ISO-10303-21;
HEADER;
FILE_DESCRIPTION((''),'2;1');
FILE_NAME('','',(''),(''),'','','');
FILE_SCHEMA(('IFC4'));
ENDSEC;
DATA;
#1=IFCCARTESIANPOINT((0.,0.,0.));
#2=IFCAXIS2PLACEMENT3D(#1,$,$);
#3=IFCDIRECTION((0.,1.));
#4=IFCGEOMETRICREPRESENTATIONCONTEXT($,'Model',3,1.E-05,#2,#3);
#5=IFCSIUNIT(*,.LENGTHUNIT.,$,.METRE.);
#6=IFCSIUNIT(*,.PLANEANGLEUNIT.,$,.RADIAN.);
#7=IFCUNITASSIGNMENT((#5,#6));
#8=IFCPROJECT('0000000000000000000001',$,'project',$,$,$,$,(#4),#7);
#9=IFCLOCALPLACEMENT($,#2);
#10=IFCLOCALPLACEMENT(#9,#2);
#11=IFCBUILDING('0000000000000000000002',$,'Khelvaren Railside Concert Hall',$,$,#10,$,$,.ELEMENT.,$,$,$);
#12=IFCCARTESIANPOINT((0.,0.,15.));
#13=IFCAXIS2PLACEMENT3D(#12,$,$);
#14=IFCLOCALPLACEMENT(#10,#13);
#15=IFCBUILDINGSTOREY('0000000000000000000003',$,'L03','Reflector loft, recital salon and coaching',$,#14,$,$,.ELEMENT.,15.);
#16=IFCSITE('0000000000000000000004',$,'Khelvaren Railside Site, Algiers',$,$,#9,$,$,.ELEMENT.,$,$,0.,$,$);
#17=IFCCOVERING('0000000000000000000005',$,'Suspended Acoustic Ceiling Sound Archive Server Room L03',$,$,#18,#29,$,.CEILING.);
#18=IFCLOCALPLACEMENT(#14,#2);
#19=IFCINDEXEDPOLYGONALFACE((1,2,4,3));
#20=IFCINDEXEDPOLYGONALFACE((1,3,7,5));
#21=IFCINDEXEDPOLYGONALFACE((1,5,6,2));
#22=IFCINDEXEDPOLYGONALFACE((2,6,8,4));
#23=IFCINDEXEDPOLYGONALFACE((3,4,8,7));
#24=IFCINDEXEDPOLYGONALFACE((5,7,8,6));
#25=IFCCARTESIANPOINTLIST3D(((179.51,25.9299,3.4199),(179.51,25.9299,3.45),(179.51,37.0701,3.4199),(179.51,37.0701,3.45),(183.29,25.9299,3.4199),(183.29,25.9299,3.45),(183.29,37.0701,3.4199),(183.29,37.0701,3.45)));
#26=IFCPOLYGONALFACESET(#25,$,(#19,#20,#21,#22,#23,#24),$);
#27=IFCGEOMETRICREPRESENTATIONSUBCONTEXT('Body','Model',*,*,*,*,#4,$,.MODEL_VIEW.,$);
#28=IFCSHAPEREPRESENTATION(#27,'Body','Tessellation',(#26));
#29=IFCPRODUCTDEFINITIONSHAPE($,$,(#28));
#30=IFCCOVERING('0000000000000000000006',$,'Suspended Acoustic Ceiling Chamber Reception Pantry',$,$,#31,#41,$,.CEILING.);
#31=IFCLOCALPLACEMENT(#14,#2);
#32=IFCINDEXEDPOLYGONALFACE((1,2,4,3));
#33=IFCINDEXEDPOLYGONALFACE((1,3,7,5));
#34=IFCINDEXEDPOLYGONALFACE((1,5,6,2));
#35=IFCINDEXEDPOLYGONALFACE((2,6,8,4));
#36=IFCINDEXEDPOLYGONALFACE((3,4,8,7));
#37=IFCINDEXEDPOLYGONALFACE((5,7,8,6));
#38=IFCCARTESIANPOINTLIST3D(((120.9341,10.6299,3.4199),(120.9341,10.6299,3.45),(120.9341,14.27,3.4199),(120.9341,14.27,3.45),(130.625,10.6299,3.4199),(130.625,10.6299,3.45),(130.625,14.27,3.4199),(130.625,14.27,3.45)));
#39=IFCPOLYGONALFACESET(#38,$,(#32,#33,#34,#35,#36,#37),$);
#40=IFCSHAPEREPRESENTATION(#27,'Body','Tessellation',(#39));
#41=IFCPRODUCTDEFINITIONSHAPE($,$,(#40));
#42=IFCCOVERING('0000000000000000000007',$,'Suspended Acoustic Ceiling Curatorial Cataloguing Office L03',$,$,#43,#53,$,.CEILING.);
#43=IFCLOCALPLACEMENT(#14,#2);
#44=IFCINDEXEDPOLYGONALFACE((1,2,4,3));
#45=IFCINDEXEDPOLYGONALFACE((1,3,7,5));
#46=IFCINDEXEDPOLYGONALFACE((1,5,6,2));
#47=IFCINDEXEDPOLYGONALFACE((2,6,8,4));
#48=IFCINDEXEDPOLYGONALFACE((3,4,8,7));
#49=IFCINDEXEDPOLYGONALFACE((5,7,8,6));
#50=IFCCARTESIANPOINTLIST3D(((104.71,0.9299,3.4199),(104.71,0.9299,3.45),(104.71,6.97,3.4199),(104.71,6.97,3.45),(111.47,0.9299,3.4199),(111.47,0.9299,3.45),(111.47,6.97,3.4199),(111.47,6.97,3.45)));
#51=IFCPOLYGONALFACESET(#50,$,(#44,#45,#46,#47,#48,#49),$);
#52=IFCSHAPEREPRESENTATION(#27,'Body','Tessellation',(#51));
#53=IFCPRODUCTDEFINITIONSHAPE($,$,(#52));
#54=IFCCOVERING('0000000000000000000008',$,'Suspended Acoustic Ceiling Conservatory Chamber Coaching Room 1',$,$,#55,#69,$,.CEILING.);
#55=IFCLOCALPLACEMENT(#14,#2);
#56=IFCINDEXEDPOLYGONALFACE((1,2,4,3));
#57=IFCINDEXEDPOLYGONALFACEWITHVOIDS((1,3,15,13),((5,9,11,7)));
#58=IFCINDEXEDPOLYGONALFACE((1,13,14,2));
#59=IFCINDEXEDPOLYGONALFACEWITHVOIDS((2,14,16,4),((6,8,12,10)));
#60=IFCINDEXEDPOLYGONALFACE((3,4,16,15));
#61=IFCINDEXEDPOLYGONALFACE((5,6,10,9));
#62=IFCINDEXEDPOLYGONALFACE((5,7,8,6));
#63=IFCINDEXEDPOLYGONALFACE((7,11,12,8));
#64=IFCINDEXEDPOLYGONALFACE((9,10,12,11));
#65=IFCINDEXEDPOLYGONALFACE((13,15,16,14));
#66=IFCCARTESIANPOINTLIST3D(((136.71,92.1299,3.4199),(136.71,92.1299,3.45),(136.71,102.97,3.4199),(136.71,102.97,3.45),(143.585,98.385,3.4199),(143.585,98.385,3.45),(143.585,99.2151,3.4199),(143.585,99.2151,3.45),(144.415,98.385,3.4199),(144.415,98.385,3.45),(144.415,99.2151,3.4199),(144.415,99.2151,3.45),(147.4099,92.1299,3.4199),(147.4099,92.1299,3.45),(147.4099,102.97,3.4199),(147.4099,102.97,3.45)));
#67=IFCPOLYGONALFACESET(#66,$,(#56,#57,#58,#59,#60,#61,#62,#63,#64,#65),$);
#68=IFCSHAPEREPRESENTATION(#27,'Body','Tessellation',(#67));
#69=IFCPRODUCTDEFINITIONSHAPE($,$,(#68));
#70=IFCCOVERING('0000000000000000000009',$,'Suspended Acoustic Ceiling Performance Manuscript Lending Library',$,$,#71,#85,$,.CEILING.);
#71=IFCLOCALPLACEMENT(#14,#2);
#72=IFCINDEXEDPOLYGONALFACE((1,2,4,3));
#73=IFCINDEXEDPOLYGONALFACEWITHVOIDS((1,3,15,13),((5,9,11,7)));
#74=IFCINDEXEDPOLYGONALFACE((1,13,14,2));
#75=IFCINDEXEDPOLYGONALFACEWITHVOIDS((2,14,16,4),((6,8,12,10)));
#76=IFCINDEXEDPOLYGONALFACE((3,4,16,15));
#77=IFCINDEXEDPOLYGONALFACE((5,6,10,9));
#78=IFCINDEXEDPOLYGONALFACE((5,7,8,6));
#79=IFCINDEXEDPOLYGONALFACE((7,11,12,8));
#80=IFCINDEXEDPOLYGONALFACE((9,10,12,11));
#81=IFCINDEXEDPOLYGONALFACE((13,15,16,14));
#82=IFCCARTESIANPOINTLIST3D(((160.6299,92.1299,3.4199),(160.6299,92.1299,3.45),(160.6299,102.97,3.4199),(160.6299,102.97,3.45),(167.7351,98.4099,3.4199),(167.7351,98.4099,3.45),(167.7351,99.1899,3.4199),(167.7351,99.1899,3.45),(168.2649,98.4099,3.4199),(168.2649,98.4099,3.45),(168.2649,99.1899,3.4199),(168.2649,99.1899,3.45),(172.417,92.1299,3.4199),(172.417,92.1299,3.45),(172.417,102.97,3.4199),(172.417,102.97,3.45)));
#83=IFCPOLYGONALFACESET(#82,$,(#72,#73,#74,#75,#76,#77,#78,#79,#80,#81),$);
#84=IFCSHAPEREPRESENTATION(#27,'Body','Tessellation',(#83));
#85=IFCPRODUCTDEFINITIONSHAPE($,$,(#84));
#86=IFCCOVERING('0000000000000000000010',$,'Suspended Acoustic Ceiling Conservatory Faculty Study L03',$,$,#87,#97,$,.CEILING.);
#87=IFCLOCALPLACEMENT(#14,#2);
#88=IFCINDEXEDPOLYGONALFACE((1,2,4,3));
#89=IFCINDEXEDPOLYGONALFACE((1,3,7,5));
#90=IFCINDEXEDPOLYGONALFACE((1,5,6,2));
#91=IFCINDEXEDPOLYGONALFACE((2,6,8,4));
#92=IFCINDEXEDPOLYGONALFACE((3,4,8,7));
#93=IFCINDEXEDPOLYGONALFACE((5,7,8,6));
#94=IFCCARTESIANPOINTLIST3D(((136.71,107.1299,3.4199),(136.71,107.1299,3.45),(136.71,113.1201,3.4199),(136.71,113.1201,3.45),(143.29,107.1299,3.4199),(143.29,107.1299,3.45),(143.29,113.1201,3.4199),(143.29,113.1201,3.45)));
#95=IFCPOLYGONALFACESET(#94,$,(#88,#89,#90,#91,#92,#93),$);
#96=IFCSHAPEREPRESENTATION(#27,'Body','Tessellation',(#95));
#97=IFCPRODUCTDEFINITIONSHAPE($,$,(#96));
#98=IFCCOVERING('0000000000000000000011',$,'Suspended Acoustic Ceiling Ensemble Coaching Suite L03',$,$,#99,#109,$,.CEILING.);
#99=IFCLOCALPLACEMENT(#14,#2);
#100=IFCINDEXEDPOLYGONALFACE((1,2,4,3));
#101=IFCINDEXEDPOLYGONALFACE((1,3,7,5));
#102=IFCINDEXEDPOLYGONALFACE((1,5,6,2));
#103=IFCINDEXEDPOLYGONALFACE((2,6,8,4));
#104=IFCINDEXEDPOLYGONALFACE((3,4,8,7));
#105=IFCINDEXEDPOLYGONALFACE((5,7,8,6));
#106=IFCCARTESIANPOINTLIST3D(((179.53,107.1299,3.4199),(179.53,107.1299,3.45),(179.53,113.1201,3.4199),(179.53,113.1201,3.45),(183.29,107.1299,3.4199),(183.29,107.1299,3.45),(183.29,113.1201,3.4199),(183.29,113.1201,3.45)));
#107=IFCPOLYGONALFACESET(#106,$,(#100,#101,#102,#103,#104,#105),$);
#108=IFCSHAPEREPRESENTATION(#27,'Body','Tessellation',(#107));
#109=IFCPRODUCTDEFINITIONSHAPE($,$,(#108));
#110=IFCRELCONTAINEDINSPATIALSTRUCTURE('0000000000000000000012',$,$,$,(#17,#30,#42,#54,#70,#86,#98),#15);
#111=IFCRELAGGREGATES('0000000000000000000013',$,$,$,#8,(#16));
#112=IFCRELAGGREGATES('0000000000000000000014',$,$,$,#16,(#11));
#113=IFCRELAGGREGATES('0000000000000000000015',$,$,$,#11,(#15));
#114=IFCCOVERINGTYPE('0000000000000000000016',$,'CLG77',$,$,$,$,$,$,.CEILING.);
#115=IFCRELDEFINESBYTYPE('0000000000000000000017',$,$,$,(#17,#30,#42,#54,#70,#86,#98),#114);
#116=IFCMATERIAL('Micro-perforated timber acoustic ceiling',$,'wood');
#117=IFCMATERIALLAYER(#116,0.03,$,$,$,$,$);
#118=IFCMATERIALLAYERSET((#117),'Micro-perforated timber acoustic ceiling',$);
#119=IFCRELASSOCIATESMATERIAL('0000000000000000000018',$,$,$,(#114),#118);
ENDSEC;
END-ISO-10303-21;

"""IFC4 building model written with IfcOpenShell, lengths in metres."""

from ifc_helpers import new_model, si_unit, direction, frame, origin, place, context, subcontext, project, spatial, polyline, outline, extrude, material, layer, layer_set, type_object, element, save


model = new_model("IFC4")

# Units and contexts
model_context = context("Model", 3, precision=1e-05, world=origin(), true_north=direction((0.0, 1.0)))
body_context = subcontext(model_context, "Body", "Model", "MODEL_VIEW")
ifc_project = project(units=[si_unit("LENGTHUNIT", "METRE"), si_unit("PLANEANGLEUNIT", "RADIAN")], contexts=[model_context])

# Site, building, storey
site_placement = place(None, origin())
site = spatial("IfcSite", under=ifc_project, at=site_placement, Name="Khelvaren Railside Site, Algiers", CompositionType="ELEMENT", RefElevation=0.0)
building_placement = place(site_placement, origin())
building = spatial("IfcBuilding", under=site, at=building_placement, Name="Khelvaren Railside Concert Hall", CompositionType="ELEMENT")
storey_placement = place(building_placement, frame((0.0, 0.0, 15.0)))
storey = spatial("IfcBuildingStorey", under=building, at=storey_placement, Name="L03", Description="Reflector loft, recital salon and coaching", CompositionType="ELEMENT", Elevation=15.0)

# Coverings
ifc_material_1 = material(Name="Micro-perforated timber acoustic ceiling", Category="wood")
ifc_layer_1 = layer(ifc_material_1, 0.03)
ifc_layer_set_1 = layer_set([ifc_layer_1], Name="Micro-perforated timber acoustic ceiling")
covering_type_1 = type_object("IfcCoveringType", Name="CLG77", PredefinedType="CEILING", material=ifc_layer_set_1)
covering_1_placement = place(storey_placement, frame((0.0, 0.0, 3.4199)))
element("IfcCovering", 1, at=covering_1_placement, inside=storey, type_object=covering_type_1, Name="Suspended Acoustic Ceiling Sound Archive Server Room L03", PredefinedType="CEILING", context=body_context, shape_type="SweptSolid", body=[
    extrude(outline(polyline([(179.51, 25.9299), (183.29, 25.9299), (183.29, 37.0701), (179.51, 37.0701), (179.51, 25.9299)])), origin(), (0.0, 0.0, 1.0), 0.03),
])
covering_2_placement = place(storey_placement, frame((0.0, 0.0, 3.4199)))
element("IfcCovering", 2, at=covering_2_placement, inside=storey, type_object=covering_type_1, Name="Suspended Acoustic Ceiling Chamber Reception Pantry", PredefinedType="CEILING", context=body_context, shape_type="SweptSolid", body=[
    extrude(outline(polyline([(120.9341, 10.6299), (130.625, 10.6299), (130.625, 14.27), (120.9341, 14.27), (120.9341, 10.6299)])), origin(), (0.0, 0.0, 1.0), 0.03),
])
covering_3_placement = place(storey_placement, frame((0.0, 0.0, 3.4199)))
element("IfcCovering", 3, at=covering_3_placement, inside=storey, type_object=covering_type_1, Name="Suspended Acoustic Ceiling Curatorial Cataloguing Office L03", PredefinedType="CEILING", context=body_context, shape_type="SweptSolid", body=[
    extrude(outline(polyline([(104.71, 0.9299), (111.47, 0.9299), (111.47, 6.97), (104.71, 6.97), (104.71, 0.9299)])), origin(), (0.0, 0.0, 1.0), 0.03),
])
covering_4_placement = place(storey_placement, frame((0.0, 0.0, 3.4199)))
element("IfcCovering", 4, at=covering_4_placement, inside=storey, type_object=covering_type_1, Name="Suspended Acoustic Ceiling Conservatory Chamber Coaching Room 1", PredefinedType="CEILING", context=body_context, shape_type="SweptSolid", body=[
    extrude(outline(polyline([(136.71, 92.1299), (147.4099, 92.1299), (147.4099, 102.97), (136.71, 102.97), (136.71, 92.1299)]), holes=[polyline([(143.585, 98.385), (144.415, 98.385), (144.415, 99.2151), (143.585, 99.2151), (143.585, 98.385)])]), origin(), (0.0, 0.0, 1.0), 0.03),
])
covering_5_placement = place(storey_placement, frame((0.0, 0.0, 3.4199)))
element("IfcCovering", 5, at=covering_5_placement, inside=storey, type_object=covering_type_1, Name="Suspended Acoustic Ceiling Performance Manuscript Lending Library", PredefinedType="CEILING", context=body_context, shape_type="SweptSolid", body=[
    extrude(outline(polyline([(160.6299, 92.1299), (172.417, 92.1299), (172.417, 102.97), (160.6299, 102.97), (160.6299, 92.1299)]), holes=[polyline([(167.7351, 98.4099), (168.2649, 98.4099), (168.2649, 99.1899), (167.7351, 99.1899), (167.7351, 98.4099)])]), origin(), (0.0, 0.0, 1.0), 0.03),
])
covering_6_placement = place(storey_placement, frame((0.0, 0.0, 3.4199)))
element("IfcCovering", 6, at=covering_6_placement, inside=storey, type_object=covering_type_1, Name="Suspended Acoustic Ceiling Conservatory Faculty Study L03", PredefinedType="CEILING", context=body_context, shape_type="SweptSolid", body=[
    extrude(outline(polyline([(136.71, 107.1299), (143.29, 107.1299), (143.29, 113.1201), (136.71, 113.1201), (136.71, 107.1299)])), origin(), (0.0, 0.0, 1.0), 0.03),
])
covering_7_placement = place(storey_placement, frame((0.0, 0.0, 3.4199)))
element("IfcCovering", 7, at=covering_7_placement, inside=storey, type_object=covering_type_1, Name="Suspended Acoustic Ceiling Ensemble Coaching Suite L03", PredefinedType="CEILING", context=body_context, shape_type="SweptSolid", body=[
    extrude(outline(polyline([(179.53, 107.1299), (183.29, 107.1299), (183.29, 113.1201), (179.53, 113.1201), (179.53, 107.1299)])), origin(), (0.0, 0.0, 1.0), 0.03),
])

save(model, "model.ifc")
